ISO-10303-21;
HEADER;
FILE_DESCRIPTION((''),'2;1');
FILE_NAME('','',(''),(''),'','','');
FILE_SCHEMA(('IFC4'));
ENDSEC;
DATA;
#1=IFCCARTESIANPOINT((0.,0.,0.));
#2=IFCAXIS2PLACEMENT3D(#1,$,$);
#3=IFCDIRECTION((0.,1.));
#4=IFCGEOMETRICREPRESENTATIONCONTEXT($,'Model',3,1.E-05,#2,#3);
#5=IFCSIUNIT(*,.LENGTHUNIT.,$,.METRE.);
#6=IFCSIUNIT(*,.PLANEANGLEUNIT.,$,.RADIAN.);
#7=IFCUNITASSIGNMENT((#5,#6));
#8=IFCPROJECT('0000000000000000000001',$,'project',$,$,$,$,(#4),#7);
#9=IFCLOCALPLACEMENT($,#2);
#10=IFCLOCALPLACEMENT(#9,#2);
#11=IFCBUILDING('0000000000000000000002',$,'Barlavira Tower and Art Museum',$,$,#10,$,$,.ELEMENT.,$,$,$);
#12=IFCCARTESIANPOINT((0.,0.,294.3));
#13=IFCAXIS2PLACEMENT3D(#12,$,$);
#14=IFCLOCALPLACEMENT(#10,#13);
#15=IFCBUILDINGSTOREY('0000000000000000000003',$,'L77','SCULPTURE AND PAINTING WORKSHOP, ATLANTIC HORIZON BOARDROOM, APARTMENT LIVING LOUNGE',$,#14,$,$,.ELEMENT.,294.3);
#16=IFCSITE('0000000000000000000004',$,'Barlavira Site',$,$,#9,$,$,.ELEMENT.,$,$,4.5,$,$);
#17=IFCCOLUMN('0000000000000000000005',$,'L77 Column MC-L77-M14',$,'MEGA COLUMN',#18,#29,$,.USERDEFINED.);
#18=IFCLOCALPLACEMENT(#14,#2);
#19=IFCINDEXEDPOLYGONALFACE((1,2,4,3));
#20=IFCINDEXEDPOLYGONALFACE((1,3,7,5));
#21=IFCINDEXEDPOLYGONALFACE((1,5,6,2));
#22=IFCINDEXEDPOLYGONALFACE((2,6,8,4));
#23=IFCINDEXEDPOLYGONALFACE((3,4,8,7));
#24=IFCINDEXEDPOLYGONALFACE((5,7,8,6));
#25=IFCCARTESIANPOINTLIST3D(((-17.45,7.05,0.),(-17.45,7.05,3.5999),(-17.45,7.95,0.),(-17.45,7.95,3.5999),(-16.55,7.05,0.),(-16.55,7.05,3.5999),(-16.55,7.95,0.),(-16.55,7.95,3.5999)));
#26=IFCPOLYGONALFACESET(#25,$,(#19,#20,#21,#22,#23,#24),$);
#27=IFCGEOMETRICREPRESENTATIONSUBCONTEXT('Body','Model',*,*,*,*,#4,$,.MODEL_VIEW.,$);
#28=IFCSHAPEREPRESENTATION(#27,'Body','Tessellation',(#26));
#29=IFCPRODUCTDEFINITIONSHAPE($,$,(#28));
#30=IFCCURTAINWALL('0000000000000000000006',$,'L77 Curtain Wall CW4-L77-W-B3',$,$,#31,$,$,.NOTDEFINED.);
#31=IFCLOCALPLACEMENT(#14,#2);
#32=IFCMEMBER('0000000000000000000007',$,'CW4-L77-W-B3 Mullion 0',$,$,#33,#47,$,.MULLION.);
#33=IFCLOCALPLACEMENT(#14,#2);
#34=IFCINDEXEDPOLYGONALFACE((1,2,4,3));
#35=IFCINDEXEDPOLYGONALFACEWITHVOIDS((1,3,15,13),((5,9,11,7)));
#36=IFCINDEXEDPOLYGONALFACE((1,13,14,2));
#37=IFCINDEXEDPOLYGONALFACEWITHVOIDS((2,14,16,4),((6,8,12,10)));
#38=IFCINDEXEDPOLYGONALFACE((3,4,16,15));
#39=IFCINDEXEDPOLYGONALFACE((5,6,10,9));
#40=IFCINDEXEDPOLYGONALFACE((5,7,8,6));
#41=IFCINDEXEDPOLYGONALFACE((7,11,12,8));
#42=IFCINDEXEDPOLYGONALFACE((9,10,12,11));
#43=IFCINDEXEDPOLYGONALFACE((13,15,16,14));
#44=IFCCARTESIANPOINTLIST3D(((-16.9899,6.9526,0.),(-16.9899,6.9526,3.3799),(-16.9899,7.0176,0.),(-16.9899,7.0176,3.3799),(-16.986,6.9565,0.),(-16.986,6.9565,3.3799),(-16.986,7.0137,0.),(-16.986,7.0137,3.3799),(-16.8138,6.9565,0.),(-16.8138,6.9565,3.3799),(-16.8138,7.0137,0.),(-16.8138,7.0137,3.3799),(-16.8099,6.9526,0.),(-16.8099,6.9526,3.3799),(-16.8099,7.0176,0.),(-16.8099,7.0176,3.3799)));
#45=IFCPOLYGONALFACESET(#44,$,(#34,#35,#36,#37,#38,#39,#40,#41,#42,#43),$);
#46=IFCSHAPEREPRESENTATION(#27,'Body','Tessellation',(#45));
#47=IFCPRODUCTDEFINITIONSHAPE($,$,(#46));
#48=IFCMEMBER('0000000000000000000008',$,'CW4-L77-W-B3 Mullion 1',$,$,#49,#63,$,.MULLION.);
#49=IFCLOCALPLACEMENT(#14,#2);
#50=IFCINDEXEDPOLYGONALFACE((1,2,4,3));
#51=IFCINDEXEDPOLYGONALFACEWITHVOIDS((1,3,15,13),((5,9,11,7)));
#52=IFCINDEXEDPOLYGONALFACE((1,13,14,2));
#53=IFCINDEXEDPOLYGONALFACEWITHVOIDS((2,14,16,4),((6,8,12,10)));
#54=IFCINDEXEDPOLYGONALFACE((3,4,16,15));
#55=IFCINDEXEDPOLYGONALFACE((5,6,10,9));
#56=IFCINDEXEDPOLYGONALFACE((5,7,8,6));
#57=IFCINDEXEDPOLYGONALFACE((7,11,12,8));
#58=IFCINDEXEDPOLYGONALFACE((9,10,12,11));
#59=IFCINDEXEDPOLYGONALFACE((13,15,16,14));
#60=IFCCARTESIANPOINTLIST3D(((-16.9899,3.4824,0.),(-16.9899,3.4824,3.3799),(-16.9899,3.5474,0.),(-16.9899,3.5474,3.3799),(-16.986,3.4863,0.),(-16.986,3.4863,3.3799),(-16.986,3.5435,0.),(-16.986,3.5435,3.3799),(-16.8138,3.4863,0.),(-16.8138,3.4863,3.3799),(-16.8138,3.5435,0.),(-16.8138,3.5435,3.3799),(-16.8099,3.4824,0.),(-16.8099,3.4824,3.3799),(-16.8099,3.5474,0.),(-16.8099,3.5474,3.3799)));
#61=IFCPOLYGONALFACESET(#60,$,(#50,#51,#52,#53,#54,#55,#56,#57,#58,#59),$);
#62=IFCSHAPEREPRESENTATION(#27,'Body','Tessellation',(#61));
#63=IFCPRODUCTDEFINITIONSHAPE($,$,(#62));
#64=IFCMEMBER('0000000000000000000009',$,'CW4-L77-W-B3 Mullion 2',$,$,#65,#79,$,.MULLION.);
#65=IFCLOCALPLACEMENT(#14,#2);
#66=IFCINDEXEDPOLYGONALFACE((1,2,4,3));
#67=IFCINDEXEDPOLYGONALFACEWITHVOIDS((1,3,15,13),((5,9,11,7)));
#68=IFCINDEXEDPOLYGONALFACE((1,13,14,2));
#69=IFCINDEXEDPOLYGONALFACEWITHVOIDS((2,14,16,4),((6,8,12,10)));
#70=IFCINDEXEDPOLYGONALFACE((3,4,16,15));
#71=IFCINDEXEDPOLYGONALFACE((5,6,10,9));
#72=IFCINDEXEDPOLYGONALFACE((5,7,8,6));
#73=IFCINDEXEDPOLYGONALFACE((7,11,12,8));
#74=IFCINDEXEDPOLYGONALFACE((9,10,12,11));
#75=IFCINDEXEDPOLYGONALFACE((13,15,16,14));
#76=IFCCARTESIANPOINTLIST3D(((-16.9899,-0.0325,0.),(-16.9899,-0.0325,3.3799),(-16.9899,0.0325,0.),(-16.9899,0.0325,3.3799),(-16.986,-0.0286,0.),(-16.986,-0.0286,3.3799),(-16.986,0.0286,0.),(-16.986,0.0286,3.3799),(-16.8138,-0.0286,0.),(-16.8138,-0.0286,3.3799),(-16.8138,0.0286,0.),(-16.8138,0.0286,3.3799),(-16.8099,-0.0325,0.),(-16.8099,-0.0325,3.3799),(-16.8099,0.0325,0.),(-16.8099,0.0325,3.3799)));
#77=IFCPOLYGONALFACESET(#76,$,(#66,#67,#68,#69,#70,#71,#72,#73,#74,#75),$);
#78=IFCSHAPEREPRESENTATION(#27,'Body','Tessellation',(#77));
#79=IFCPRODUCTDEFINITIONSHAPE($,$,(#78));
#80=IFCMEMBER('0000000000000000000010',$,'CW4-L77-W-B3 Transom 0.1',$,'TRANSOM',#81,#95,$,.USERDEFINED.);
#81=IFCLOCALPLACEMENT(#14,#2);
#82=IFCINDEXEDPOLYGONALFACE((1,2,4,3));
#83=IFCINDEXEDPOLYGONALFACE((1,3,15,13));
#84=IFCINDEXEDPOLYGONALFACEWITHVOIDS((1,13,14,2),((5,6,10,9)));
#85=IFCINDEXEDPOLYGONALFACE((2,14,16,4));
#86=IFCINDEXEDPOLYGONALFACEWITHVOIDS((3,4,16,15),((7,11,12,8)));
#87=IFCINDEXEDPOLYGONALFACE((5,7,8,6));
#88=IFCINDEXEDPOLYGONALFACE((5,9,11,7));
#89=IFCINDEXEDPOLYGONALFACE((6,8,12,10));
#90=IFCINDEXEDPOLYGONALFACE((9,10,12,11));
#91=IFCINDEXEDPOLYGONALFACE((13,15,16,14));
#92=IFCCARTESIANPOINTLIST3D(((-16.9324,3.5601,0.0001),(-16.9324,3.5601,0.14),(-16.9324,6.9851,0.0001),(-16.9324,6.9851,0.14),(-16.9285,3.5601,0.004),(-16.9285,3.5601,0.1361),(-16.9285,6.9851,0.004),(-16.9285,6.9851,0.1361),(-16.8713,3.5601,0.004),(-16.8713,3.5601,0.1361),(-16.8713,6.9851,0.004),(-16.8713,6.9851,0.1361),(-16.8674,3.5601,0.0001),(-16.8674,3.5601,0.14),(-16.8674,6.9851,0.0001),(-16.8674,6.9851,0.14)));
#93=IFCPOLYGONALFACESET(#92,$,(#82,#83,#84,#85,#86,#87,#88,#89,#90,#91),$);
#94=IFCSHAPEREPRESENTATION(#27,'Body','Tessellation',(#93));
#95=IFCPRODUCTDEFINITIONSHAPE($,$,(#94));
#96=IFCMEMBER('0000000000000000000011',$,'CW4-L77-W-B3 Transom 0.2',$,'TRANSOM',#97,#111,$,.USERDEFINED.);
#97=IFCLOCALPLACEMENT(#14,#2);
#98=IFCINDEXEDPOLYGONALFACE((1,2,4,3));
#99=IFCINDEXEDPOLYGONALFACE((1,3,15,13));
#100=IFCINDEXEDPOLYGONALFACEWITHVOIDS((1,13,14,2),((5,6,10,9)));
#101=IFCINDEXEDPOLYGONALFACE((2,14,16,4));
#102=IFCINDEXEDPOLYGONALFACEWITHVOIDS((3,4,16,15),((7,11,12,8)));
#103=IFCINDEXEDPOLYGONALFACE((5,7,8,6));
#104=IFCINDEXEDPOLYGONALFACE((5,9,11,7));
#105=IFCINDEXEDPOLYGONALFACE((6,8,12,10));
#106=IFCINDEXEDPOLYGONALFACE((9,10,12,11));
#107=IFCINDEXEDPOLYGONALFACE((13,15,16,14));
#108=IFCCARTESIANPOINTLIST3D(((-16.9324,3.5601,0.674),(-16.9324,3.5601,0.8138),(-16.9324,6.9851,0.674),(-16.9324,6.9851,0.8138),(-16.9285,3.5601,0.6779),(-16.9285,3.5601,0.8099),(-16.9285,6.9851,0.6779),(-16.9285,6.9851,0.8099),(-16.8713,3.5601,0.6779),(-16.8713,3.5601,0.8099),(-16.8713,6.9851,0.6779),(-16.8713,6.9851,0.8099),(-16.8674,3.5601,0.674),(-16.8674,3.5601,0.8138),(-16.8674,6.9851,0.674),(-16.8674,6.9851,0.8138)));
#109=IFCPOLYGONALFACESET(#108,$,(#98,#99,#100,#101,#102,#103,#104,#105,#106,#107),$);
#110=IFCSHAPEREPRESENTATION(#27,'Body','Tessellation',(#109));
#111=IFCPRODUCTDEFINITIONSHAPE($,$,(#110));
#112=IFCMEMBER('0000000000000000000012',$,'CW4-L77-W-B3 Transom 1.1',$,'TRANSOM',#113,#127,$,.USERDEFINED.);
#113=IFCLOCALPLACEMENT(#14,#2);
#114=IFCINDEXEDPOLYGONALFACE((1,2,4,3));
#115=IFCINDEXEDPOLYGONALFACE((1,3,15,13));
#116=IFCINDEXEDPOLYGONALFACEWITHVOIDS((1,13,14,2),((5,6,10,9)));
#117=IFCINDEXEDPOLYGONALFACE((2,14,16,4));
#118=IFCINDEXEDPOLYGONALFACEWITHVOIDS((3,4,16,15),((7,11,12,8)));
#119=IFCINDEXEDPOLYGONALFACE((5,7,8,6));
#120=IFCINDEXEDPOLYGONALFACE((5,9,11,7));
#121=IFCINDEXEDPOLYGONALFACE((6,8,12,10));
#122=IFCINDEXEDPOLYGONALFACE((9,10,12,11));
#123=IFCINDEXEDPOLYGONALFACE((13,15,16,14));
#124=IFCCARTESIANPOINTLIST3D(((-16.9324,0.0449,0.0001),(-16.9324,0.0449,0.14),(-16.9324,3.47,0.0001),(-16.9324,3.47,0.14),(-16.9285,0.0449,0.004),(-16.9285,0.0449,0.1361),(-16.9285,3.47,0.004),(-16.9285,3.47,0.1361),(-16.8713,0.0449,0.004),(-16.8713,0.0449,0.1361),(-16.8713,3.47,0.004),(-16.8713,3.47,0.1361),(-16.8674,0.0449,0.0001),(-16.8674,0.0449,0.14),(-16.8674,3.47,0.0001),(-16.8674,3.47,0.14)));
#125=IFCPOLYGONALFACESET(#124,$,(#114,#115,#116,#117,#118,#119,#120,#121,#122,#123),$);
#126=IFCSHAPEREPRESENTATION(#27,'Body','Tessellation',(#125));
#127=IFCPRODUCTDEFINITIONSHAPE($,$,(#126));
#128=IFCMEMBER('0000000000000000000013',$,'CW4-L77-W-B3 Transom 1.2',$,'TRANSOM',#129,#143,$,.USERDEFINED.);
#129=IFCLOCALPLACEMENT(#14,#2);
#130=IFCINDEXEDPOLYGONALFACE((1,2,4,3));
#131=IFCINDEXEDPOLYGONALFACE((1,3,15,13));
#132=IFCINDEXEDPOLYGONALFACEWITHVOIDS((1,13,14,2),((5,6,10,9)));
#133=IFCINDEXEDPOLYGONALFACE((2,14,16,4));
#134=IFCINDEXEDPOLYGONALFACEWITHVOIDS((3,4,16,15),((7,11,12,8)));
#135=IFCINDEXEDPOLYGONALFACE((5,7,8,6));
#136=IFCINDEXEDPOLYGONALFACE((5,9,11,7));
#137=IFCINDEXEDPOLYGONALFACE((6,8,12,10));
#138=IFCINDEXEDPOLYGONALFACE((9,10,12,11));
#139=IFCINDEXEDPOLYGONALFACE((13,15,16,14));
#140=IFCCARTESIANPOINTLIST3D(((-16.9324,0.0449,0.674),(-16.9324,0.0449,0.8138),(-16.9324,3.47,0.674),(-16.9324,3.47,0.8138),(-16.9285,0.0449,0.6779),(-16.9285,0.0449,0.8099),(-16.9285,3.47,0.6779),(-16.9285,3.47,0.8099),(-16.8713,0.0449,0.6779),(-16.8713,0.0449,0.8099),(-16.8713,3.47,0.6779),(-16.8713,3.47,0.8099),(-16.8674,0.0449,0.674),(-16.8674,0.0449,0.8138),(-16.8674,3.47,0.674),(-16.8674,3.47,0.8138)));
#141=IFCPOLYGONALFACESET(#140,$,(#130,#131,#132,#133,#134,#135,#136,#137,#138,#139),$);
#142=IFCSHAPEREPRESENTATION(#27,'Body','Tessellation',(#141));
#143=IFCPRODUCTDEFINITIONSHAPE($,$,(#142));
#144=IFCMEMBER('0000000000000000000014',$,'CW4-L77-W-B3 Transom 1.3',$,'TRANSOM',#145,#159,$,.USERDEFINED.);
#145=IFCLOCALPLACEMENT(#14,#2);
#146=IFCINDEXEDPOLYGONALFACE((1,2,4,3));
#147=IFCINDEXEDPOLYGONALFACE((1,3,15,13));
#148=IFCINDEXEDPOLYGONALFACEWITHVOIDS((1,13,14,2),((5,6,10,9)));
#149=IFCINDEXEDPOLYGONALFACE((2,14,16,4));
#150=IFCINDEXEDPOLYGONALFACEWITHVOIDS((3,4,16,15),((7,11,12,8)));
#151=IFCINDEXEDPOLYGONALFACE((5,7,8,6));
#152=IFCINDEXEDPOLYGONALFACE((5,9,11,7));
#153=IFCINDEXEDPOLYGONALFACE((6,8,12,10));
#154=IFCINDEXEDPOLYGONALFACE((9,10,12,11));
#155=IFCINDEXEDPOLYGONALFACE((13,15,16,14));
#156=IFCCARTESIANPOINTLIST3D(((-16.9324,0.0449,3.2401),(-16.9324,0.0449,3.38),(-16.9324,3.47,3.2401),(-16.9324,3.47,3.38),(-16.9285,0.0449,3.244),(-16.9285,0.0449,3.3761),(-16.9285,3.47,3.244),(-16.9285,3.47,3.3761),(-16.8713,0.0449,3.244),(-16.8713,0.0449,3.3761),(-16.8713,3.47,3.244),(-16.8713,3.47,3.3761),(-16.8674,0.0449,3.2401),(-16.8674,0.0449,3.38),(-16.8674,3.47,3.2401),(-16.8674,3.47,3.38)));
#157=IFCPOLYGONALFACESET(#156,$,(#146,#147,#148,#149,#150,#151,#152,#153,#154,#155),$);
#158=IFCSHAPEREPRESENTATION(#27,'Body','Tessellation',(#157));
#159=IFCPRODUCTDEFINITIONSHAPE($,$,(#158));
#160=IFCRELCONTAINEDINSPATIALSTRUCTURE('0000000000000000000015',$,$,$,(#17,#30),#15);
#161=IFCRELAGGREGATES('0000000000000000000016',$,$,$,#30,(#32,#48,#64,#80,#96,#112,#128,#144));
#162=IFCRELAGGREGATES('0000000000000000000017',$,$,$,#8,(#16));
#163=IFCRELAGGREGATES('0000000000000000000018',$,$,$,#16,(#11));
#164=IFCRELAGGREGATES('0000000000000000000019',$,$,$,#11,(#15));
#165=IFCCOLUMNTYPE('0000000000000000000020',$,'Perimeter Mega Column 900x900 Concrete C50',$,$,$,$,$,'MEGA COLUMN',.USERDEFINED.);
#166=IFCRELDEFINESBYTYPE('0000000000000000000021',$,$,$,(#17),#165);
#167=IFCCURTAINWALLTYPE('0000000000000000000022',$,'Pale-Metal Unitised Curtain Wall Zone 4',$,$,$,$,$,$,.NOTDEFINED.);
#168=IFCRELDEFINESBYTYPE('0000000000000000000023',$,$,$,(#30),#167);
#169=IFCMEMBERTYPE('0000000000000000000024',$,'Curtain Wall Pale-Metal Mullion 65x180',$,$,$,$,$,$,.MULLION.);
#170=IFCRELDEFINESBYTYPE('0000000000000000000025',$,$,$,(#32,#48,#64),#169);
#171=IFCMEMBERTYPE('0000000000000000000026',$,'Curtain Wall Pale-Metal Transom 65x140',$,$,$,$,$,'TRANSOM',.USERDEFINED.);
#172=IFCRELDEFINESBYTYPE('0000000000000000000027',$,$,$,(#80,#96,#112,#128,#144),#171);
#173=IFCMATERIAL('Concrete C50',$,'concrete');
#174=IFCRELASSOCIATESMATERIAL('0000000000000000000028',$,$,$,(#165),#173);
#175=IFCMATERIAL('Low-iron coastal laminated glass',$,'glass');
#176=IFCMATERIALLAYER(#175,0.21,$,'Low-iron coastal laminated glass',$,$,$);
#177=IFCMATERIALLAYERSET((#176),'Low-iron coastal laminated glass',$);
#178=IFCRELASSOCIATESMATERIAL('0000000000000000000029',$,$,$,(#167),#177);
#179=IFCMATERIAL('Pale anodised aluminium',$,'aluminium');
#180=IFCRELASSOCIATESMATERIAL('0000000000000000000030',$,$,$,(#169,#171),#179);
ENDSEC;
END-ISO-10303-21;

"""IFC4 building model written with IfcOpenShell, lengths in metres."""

from ifc_helpers import new_model, si_unit, direction, frame, origin, origin_2d, place, context, subcontext, project, spatial, rectangle, hollow_rectangle, extrude, material, layer, layer_set, material_profile, profile_set, type_object, element, aggregate, save


model = new_model("IFC4")

# Units and contexts
model_context = context("Model", 3, precision=1e-05, world=origin(), true_north=direction((0.0, 1.0)))
body_context = subcontext(model_context, "Body", "Model", "MODEL_VIEW")
ifc_project = project(units=[si_unit("LENGTHUNIT", "METRE"), si_unit("PLANEANGLEUNIT", "RADIAN")], contexts=[model_context])

# Site, building, storey
site_placement = place(None, origin())
site = spatial("IfcSite", under=ifc_project, at=site_placement, Name="Barlavira Site", CompositionType="ELEMENT", RefElevation=4.5)
building_placement = place(site_placement, origin())
building = spatial("IfcBuilding", under=site, at=building_placement, Name="Barlavira Tower and Art Museum", CompositionType="ELEMENT")
storey_placement = place(building_placement, frame((0.0, 0.0, 294.3)))
storey = spatial("IfcBuildingStorey", under=building, at=storey_placement, Name="L77", Description="SCULPTURE AND PAINTING WORKSHOP, ATLANTIC HORIZON BOARDROOM, APARTMENT LIVING LOUNGE", CompositionType="ELEMENT", Elevation=294.3)

# Column
ifc_material_1 = material(Name="Concrete C50", Category="concrete")
ifc_material_profile_1 = material_profile(ifc_material_1, rectangle(XDim=0.8999, YDim=0.8999, at=origin_2d()), Name="RC-COL 900x900")
ifc_profile_set_1 = profile_set([ifc_material_profile_1], Name="Concrete C50")
column_type = type_object("IfcColumnType", Name="Perimeter Mega Column 900x900 Concrete C50", ElementType="MEGA COLUMN", PredefinedType="USERDEFINED", material=ifc_profile_set_1)
column_placement = place(storey_placement, frame((-17.0, 7.5, 0.0), z_axis=(0.0, 0.0, 1.0), x_axis=(1.0, 0.0, 0.0)))
element("IfcColumn", 1, at=column_placement, inside=storey, type_object=column_type, Name="L77 Column MC-L77-M14", ObjectType="MEGA COLUMN", PredefinedType="USERDEFINED", context=body_context, shape_type="SweptSolid", body=[
    extrude(rectangle(XDim=0.8999, YDim=0.8999, at=origin_2d()), origin(), (0.0, 0.0, 1.0), 3.5999),
])

# Curtain wall, members
ifc_material_2 = material(Name="Low-iron coastal laminated glass", Category="glass")
ifc_layer_1 = layer(ifc_material_2, 0.21, Name="Low-iron coastal laminated glass")
ifc_layer_set_1 = layer_set([ifc_layer_1], Name="Low-iron coastal laminated glass")
curtain_wall_type = type_object("IfcCurtainWallType", Name="Pale-Metal Unitised Curtain Wall Zone 4", PredefinedType="NOTDEFINED", material=ifc_layer_set_1)
curtain_wall_placement = place(storey_placement, origin())
curtain_wall = element("IfcCurtainWall", 2, at=curtain_wall_placement, inside=storey, type_object=curtain_wall_type, Name="L77 Curtain Wall CW4-L77-W-B3", PredefinedType="NOTDEFINED")
ifc_material_3 = material(Name="Pale anodised aluminium", Category="aluminium")
ifc_material_profile_2 = material_profile(ifc_material_3, hollow_rectangle(XDim=0.0649, YDim=0.1799, WallThickness=0.0039, at=origin_2d()), Name="ALU-MULL 65x180x4")
ifc_profile_set_2 = profile_set([ifc_material_profile_2], Name="Pale anodised aluminium")
member_type_1 = type_object("IfcMemberType", Name="Curtain Wall Pale-Metal Mullion 65x180", PredefinedType="MULLION", material=ifc_profile_set_2)
member_1_placement = place(storey_placement, frame((-16.8999, 6.9851, 0.0), z_axis=(0.0, 0.0, 1.0), x_axis=(0.0, -1.0, 0.0)))
member_1 = element("IfcMember", 3, at=member_1_placement, type_object=member_type_1, Name="CW4-L77-W-B3 Mullion 0", PredefinedType="MULLION", context=body_context, shape_type="SweptSolid", body=[
    extrude(hollow_rectangle(XDim=0.0649, YDim=0.1799, WallThickness=0.0039, at=origin_2d()), origin(), (0.0, 0.0, 1.0), 3.3799),
])
member_2_placement = place(storey_placement, frame((-16.8999, 3.5149, 0.0), z_axis=(0.0, 0.0, 1.0), x_axis=(0.0, -1.0, 0.0)))
member_2 = element("IfcMember", 4, at=member_2_placement, type_object=member_type_1, Name="CW4-L77-W-B3 Mullion 1", PredefinedType="MULLION", context=body_context, shape_type="SweptSolid", body=[
    extrude(hollow_rectangle(XDim=0.0649, YDim=0.1799, WallThickness=0.0039, at=origin_2d()), origin(), (0.0, 0.0, 1.0), 3.3799),
])
member_3_placement = place(storey_placement, frame((-16.8999, 0.0, 0.0), z_axis=(0.0, 0.0, 1.0), x_axis=(0.0, -1.0, 0.0)))
member_3 = element("IfcMember", 5, at=member_3_placement, type_object=member_type_1, Name="CW4-L77-W-B3 Mullion 2", PredefinedType="MULLION", context=body_context, shape_type="SweptSolid", body=[
    extrude(hollow_rectangle(XDim=0.0649, YDim=0.1799, WallThickness=0.0039, at=origin_2d()), origin(), (0.0, 0.0, 1.0), 3.3799),
])
ifc_material_profile_3 = material_profile(ifc_material_3, hollow_rectangle(XDim=0.0649, YDim=0.1399, WallThickness=0.0039, at=origin_2d()), Name="ALU-TRAN 65x140x4")
ifc_profile_set_3 = profile_set([ifc_material_profile_3], Name="Pale anodised aluminium")
member_type_2 = type_object("IfcMemberType", Name="Curtain Wall Pale-Metal Transom 65x140", ElementType="TRANSOM", PredefinedType="USERDEFINED", material=ifc_profile_set_3)
member_4_placement = place(storey_placement, frame((-16.8999, 6.9851, 0.0701), z_axis=(0.0, -1.0, 0.0), x_axis=(1.0, 0.0, 0.0)))
member_4 = element("IfcMember", 6, at=member_4_placement, type_object=member_type_2, Name="CW4-L77-W-B3 Transom 0.1", ObjectType="TRANSOM", PredefinedType="USERDEFINED", context=body_context, shape_type="SweptSolid", body=[
    extrude(hollow_rectangle(XDim=0.0649, YDim=0.1399, WallThickness=0.0039, at=origin_2d()), origin(), (0.0, 0.0, 1.0), 3.425),
])
member_5_placement = place(storey_placement, frame((-16.8999, 6.9851, 0.7439), z_axis=(0.0, -1.0, 0.0), x_axis=(1.0, 0.0, 0.0)))
member_5 = element("IfcMember", 7, at=member_5_placement, type_object=member_type_2, Name="CW4-L77-W-B3 Transom 0.2", ObjectType="TRANSOM", PredefinedType="USERDEFINED", context=body_context, shape_type="SweptSolid", body=[
    extrude(hollow_rectangle(XDim=0.0649, YDim=0.1399, WallThickness=0.0039, at=origin_2d()), origin(), (0.0, 0.0, 1.0), 3.425),
])
member_6_placement = place(storey_placement, frame((-16.8999, 3.47, 0.0701), z_axis=(0.0, -1.0, 0.0), x_axis=(1.0, 0.0, 0.0)))
member_6 = element("IfcMember", 8, at=member_6_placement, type_object=member_type_2, Name="CW4-L77-W-B3 Transom 1.1", ObjectType="TRANSOM", PredefinedType="USERDEFINED", context=body_context, shape_type="SweptSolid", body=[
    extrude(hollow_rectangle(XDim=0.0649, YDim=0.1399, WallThickness=0.0039, at=origin_2d()), origin(), (0.0, 0.0, 1.0), 3.425),
])
member_7_placement = place(storey_placement, frame((-16.8999, 3.47, 0.7439), z_axis=(0.0, -1.0, 0.0), x_axis=(1.0, 0.0, 0.0)))
member_7 = element("IfcMember", 9, at=member_7_placement, type_object=member_type_2, Name="CW4-L77-W-B3 Transom 1.2", ObjectType="TRANSOM", PredefinedType="USERDEFINED", context=body_context, shape_type="SweptSolid", body=[
    extrude(hollow_rectangle(XDim=0.0649, YDim=0.1399, WallThickness=0.0039, at=origin_2d()), origin(), (0.0, 0.0, 1.0), 3.425),
])
member_8_placement = place(storey_placement, frame((-16.8999, 3.47, 3.3101), z_axis=(0.0, -1.0, 0.0), x_axis=(1.0, 0.0, 0.0)))
member_8 = element("IfcMember", 10, at=member_8_placement, type_object=member_type_2, Name="CW4-L77-W-B3 Transom 1.3", ObjectType="TRANSOM", PredefinedType="USERDEFINED", context=body_context, shape_type="SweptSolid", body=[
    extrude(hollow_rectangle(XDim=0.0649, YDim=0.1399, WallThickness=0.0039, at=origin_2d()), origin(), (0.0, 0.0, 1.0), 3.425),
])

aggregate(curtain_wall, [member_1, member_2, member_3, member_4, member_5, member_6, member_7, member_8])

save(model, "model.ifc")
